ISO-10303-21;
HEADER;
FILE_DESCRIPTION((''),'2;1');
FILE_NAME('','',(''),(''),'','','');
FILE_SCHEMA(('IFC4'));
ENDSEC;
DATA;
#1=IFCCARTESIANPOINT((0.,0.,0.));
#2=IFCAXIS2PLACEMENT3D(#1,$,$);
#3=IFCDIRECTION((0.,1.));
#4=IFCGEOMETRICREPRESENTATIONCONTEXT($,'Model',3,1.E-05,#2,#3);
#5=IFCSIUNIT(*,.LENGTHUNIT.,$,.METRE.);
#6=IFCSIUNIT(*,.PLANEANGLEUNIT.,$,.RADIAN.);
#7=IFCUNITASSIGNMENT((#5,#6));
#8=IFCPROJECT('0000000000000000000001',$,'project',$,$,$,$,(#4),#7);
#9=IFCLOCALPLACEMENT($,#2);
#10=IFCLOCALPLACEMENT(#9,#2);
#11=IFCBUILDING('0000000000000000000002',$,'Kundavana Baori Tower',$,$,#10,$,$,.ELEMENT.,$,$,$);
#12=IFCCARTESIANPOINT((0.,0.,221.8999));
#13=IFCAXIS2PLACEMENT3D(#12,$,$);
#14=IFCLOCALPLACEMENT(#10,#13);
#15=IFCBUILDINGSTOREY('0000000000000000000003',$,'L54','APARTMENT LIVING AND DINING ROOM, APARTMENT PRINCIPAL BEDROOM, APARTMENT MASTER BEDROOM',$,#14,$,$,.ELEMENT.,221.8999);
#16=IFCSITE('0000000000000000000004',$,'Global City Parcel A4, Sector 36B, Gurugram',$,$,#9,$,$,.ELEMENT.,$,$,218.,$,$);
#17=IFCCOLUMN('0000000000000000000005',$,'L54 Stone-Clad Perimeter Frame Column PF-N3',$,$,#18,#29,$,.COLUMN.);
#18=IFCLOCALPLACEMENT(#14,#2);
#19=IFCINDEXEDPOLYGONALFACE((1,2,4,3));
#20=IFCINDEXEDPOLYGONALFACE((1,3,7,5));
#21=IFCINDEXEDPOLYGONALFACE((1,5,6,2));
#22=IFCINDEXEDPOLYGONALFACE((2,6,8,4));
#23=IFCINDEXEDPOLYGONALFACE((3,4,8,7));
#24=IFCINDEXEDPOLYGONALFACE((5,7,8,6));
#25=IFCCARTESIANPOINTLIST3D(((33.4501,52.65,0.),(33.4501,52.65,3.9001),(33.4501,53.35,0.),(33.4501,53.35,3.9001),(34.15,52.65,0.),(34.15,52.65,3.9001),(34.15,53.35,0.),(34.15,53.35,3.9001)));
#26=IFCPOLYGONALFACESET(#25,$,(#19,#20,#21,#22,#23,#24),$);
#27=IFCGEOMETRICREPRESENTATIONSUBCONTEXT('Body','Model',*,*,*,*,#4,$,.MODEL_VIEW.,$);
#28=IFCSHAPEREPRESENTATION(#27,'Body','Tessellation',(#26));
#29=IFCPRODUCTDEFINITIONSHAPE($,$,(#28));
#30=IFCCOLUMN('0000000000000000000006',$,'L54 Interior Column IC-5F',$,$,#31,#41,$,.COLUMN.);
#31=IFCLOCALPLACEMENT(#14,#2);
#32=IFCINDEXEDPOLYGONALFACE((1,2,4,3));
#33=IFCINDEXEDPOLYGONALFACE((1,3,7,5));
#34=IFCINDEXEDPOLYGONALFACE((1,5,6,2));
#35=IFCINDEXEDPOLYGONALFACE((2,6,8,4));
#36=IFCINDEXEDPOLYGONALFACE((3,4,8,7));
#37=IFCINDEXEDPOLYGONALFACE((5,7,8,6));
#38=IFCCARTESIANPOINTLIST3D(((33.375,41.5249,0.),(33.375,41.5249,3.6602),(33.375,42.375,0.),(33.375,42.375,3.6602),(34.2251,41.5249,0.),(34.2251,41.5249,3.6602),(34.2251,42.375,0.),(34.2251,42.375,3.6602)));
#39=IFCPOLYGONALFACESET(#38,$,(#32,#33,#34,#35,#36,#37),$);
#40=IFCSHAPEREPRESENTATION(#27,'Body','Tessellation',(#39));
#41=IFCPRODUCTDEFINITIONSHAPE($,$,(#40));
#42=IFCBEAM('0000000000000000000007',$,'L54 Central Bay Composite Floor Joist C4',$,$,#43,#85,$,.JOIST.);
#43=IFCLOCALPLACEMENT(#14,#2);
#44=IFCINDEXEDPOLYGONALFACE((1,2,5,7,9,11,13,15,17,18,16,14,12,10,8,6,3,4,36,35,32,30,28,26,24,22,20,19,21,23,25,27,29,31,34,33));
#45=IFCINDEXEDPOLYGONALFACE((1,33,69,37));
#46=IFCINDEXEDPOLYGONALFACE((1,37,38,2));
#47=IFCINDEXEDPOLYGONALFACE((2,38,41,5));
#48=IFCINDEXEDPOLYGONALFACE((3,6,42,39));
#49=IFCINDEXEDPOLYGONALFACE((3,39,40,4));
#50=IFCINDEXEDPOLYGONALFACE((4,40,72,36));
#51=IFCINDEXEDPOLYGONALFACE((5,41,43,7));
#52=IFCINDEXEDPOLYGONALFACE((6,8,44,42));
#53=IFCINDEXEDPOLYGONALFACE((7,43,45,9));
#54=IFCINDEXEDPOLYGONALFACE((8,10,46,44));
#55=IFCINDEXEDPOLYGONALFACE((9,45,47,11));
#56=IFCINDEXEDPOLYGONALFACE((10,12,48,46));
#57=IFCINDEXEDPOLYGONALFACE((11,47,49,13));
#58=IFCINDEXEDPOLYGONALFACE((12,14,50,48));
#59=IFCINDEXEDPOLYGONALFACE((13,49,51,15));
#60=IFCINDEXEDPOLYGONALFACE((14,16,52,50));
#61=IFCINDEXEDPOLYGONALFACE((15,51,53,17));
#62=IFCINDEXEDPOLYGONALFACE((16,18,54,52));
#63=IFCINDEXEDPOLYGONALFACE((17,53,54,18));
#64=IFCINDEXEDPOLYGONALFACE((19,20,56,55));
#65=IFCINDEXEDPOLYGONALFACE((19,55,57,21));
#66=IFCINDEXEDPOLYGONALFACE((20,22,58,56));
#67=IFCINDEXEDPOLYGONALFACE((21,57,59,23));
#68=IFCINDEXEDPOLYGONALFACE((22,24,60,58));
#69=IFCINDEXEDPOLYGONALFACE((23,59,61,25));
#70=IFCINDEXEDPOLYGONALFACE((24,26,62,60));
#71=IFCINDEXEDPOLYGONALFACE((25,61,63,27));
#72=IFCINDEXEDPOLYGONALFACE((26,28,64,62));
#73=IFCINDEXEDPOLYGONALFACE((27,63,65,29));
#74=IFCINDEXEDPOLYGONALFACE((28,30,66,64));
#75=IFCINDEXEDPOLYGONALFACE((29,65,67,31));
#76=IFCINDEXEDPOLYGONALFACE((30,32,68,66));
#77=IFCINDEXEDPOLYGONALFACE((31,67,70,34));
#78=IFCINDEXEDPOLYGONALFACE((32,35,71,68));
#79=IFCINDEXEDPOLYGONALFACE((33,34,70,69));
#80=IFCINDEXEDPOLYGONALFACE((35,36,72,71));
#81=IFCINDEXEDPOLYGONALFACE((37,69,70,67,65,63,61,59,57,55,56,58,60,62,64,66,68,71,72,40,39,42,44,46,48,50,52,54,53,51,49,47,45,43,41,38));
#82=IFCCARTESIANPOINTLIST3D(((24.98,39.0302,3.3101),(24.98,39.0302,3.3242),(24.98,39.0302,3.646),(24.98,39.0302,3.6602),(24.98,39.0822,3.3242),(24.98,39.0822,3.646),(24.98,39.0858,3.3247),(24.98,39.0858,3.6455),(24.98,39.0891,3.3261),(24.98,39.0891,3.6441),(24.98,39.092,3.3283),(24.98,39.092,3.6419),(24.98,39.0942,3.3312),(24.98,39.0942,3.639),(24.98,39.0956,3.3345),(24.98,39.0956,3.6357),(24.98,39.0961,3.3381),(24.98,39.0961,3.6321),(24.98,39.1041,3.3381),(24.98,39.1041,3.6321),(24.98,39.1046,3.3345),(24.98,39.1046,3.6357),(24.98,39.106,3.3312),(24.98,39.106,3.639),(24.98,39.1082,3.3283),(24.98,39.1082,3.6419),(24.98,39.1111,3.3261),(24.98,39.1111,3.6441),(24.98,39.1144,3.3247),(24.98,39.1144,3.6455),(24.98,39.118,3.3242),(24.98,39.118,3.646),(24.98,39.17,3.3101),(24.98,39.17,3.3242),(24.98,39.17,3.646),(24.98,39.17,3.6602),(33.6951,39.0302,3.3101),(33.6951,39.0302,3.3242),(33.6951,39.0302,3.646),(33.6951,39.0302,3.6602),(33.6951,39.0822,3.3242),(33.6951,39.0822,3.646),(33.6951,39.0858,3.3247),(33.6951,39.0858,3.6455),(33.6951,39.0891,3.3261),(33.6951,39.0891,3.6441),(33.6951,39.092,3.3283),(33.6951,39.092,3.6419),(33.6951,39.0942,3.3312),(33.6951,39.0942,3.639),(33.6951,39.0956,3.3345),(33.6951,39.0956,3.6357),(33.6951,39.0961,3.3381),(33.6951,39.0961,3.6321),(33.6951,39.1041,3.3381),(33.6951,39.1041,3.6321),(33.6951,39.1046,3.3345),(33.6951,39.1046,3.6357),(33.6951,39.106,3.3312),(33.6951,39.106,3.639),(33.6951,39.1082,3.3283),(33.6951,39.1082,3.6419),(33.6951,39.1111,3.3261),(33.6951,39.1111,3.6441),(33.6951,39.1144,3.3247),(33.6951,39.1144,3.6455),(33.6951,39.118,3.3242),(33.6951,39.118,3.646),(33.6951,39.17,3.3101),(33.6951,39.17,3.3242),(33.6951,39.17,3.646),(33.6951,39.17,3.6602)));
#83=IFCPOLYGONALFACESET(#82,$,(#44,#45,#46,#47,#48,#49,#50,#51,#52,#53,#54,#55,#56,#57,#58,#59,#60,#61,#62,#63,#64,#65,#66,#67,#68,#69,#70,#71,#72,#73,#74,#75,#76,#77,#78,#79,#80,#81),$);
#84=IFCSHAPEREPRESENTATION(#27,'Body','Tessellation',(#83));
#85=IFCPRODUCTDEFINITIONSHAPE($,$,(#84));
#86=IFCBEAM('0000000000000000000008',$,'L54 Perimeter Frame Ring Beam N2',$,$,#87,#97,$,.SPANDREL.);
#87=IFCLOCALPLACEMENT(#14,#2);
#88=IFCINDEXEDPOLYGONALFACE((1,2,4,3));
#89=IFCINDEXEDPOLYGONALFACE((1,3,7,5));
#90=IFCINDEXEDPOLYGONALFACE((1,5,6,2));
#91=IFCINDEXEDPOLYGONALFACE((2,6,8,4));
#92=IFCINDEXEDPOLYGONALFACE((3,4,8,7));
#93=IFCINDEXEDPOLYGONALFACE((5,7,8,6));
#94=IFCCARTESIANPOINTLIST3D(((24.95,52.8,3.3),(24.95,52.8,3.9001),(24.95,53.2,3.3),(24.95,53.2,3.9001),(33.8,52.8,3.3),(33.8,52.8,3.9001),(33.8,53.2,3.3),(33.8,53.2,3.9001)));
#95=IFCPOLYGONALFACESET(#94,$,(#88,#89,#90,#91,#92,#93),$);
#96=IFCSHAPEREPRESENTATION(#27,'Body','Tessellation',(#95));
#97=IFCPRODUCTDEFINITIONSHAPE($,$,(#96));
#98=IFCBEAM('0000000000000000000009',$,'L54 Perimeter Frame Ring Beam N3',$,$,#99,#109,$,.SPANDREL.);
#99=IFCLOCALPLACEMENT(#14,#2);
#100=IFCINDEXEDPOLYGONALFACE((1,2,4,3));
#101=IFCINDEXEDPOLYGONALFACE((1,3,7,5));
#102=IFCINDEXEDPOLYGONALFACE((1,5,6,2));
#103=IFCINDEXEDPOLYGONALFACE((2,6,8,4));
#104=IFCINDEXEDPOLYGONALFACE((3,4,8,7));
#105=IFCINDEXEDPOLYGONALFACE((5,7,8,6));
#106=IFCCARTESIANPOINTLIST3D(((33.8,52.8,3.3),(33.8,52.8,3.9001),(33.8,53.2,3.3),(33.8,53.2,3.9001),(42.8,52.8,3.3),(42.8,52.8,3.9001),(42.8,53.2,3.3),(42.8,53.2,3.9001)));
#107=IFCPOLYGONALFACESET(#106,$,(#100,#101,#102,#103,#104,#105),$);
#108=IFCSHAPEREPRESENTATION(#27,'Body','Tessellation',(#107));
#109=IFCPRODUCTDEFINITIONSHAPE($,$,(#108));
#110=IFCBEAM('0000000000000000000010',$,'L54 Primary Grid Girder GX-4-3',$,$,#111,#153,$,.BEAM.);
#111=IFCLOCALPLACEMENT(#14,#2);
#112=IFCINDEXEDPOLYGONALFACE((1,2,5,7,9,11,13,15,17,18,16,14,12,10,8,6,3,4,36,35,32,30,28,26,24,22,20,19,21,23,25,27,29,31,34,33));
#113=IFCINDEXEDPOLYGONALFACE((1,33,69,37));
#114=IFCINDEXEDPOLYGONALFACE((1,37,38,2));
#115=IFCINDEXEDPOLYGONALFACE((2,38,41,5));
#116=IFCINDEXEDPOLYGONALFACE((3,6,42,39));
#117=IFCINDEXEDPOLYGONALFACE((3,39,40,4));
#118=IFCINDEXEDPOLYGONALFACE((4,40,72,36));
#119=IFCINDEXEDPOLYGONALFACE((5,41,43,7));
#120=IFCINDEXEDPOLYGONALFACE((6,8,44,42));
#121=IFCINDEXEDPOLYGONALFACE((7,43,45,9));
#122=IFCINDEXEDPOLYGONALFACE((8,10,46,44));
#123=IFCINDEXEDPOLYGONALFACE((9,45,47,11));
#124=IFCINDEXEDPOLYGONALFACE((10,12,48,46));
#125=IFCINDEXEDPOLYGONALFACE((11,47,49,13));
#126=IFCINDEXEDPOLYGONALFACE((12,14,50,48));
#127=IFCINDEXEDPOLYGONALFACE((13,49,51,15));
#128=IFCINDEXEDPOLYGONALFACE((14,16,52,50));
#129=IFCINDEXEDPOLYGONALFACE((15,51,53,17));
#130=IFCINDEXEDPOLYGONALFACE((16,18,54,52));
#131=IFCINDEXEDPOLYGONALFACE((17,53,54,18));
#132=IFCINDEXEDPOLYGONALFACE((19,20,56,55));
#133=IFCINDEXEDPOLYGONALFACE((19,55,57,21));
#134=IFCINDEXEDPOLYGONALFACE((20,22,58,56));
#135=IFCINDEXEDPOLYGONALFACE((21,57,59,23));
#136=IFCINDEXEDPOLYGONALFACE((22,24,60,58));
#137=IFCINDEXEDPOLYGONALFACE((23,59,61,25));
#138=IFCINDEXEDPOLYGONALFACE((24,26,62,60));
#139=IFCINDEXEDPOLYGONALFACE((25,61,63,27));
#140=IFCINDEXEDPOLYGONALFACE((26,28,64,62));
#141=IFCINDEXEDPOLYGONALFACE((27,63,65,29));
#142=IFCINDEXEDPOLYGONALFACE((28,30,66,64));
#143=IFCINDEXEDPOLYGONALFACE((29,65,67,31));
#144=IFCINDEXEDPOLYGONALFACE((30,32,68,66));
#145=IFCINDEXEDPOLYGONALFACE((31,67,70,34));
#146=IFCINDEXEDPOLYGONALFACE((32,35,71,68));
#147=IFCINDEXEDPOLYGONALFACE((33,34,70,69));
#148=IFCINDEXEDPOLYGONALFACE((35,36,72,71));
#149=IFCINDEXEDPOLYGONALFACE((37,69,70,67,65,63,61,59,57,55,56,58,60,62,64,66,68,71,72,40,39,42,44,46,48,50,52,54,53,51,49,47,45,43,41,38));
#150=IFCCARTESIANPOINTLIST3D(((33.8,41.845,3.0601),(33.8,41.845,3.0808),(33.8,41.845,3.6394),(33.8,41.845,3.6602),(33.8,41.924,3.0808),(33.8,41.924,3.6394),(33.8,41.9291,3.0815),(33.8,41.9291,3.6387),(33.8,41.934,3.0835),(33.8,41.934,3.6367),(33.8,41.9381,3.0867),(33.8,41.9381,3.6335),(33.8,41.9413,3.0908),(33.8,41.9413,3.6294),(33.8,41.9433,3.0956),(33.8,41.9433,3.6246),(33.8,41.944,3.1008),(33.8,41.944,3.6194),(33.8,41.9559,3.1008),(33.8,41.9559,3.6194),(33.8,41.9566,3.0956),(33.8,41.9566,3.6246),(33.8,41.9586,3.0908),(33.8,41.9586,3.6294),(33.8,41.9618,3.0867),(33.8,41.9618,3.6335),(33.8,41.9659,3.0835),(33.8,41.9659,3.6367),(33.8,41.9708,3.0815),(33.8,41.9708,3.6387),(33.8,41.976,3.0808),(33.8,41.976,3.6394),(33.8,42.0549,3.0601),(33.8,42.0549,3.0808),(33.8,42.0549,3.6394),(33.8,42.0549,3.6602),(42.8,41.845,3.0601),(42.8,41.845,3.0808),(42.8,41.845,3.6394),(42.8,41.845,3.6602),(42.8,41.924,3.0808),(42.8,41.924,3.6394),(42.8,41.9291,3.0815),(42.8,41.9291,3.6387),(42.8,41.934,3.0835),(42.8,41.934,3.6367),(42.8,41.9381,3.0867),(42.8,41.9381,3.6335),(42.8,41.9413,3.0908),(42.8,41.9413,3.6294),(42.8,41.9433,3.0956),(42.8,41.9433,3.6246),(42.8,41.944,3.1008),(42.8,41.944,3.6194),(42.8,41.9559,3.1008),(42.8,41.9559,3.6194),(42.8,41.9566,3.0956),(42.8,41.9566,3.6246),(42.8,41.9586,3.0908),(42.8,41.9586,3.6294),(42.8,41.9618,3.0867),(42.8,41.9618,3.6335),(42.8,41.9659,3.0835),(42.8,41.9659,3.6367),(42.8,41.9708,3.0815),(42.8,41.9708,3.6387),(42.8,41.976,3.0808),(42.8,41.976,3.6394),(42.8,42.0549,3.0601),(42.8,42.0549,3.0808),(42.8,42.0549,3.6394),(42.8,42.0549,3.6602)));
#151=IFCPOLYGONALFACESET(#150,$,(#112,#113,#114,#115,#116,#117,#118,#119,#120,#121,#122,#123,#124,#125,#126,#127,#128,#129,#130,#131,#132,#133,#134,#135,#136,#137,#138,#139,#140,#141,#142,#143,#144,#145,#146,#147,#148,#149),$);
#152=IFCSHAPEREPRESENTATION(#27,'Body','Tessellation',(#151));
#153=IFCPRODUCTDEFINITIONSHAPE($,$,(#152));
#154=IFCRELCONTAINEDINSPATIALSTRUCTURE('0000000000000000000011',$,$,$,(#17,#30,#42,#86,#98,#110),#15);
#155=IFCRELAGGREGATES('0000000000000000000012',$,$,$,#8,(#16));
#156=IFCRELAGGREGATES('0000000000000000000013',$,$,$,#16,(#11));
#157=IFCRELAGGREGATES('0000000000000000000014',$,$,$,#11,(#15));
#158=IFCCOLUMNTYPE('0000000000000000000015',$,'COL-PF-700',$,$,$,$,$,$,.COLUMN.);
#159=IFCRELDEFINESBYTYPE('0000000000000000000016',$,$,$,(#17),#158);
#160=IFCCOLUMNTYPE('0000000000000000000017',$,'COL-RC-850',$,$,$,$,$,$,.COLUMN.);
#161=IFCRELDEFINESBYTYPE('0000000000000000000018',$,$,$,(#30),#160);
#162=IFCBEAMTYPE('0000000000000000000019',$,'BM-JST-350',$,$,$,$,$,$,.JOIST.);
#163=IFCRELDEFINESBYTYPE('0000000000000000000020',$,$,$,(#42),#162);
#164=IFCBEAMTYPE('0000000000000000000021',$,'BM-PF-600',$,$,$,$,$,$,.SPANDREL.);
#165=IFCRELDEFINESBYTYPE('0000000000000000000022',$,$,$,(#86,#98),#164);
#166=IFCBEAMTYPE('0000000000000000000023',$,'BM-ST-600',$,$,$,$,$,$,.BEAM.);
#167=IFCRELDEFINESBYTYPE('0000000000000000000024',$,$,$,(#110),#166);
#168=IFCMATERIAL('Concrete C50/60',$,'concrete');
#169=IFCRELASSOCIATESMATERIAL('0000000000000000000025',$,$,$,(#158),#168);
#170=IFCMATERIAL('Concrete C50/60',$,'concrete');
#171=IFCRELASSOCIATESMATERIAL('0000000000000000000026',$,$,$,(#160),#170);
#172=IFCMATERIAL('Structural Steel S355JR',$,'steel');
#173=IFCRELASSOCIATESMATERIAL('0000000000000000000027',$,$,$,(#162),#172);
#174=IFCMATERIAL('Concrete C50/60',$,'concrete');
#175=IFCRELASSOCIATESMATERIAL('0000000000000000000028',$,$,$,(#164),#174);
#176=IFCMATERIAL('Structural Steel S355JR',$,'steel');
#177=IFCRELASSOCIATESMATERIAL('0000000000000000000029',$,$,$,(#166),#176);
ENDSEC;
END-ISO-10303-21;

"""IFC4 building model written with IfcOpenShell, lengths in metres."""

from ifc_helpers import new_model, si_unit, direction, frame, origin, origin_2d, place, context, subcontext, project, spatial, rectangle, i_section, extrude, material, material_profile, profile_set, type_object, element, save


model = new_model("IFC4")

# Units and contexts
model_context = context("Model", 3, precision=1e-05, world=origin(), true_north=direction((0.0, 1.0)))
body_context = subcontext(model_context, "Body", "Model", "MODEL_VIEW")
ifc_project = project(units=[si_unit("LENGTHUNIT", "METRE"), si_unit("PLANEANGLEUNIT", "RADIAN")], contexts=[model_context])

# Site, building, storey
site_placement = place(None, origin())
site = spatial("IfcSite", under=ifc_project, at=site_placement, Name="Global City Parcel A4, Sector 36B, Gurugram", CompositionType="ELEMENT", RefElevation=218.0)
building_placement = place(site_placement, origin())
building = spatial("IfcBuilding", under=site, at=building_placement, Name="Kundavana Baori Tower", CompositionType="ELEMENT")
storey_placement = place(building_placement, frame((0.0, 0.0, 221.8999)))
storey = spatial("IfcBuildingStorey", under=building, at=storey_placement, Name="L54", Description="APARTMENT LIVING AND DINING ROOM, APARTMENT PRINCIPAL BEDROOM, APARTMENT MASTER BEDROOM", CompositionType="ELEMENT", Elevation=221.8999)

# Columns
ifc_material_1 = material(Name="Concrete C50/60", Category="concrete")
ifc_material_profile_1 = material_profile(ifc_material_1, rectangle(XDim=0.7, YDim=0.7, at=origin_2d()), Name="RC PF 700x700")
ifc_profile_set_1 = profile_set([ifc_material_profile_1], Name="Concrete C50/60")
column_type_1 = type_object("IfcColumnType", Name="COL-PF-700", PredefinedType="COLUMN", material=ifc_profile_set_1)
column_1_placement = place(storey_placement, frame((33.8, 53.0, 0.0), z_axis=(0.0, 0.0, 1.0), x_axis=(1.0, 0.0, 0.0)))
element("IfcColumn", 1, at=column_1_placement, inside=storey, type_object=column_type_1, Name="L54 Stone-Clad Perimeter Frame Column PF-N3", PredefinedType="COLUMN", context=body_context, shape_type="SweptSolid", body=[
    extrude(rectangle(XDim=0.7, YDim=0.7, at=origin_2d()), origin(), (0.0, 0.0, 1.0), 3.9001),
])
ifc_material_2 = material(Name="Concrete C50/60", Category="concrete")
ifc_material_profile_2 = material_profile(ifc_material_2, rectangle(XDim=0.8501, YDim=0.8501, at=origin_2d()), Name="RC 850x850")
ifc_profile_set_2 = profile_set([ifc_material_profile_2], Name="Concrete C50/60")
column_type_2 = type_object("IfcColumnType", Name="COL-RC-850", PredefinedType="COLUMN", material=ifc_profile_set_2)
column_2_placement = place(storey_placement, frame((33.8, 41.95, 0.0), z_axis=(0.0, 0.0, 1.0), x_axis=(1.0, 0.0, 0.0)))
element("IfcColumn", 2, at=column_2_placement, inside=storey, type_object=column_type_2, Name="L54 Interior Column IC-5F", PredefinedType="COLUMN", context=body_context, shape_type="SweptSolid", body=[
    extrude(rectangle(XDim=0.8501, YDim=0.8501, at=origin_2d()), origin(), (0.0, 0.0, 1.0), 3.6602),
])

# Beams
ifc_material_3 = material(Name="Structural Steel S355JR", Category="steel")
ifc_material_profile_3 = material_profile(ifc_material_3, i_section(OverallWidth=0.1399, OverallDepth=0.3501, WebThickness=0.0081, FlangeThickness=0.0142, FilletRadius=0.0139, at=origin_2d()), Name="ISMB 350")
ifc_profile_set_3 = profile_set([ifc_material_profile_3], Name="Structural Steel S355JR")
beam_type_1 = type_object("IfcBeamType", Name="BM-JST-350", PredefinedType="JOIST", material=ifc_profile_set_3)
beam_1_placement = place(storey_placement, frame((24.98, 39.1001, 3.4851), z_axis=(1.0, 0.0, 0.0), x_axis=(0.0, 1.0, 0.0)))
element("IfcBeam", 3, at=beam_1_placement, inside=storey, type_object=beam_type_1, Name="L54 Central Bay Composite Floor Joist C4", PredefinedType="JOIST", context=body_context, shape_type="SweptSolid", body=[
    extrude(i_section(OverallWidth=0.1399, OverallDepth=0.3501, WebThickness=0.0081, FlangeThickness=0.0142, FilletRadius=0.0139, at=origin_2d()), origin(), (0.0, 0.0, 1.0), 8.7151),
])
ifc_material_4 = material(Name="Concrete C50/60", Category="concrete")
ifc_material_profile_4 = material_profile(ifc_material_4, rectangle(XDim=0.3999, YDim=0.6001, at=origin_2d()), Name="RC BM 400x600")
ifc_profile_set_4 = profile_set([ifc_material_profile_4], Name="Concrete C50/60")
beam_type_2 = type_object("IfcBeamType", Name="BM-PF-600", PredefinedType="SPANDREL", material=ifc_profile_set_4)
beam_2_placement = place(storey_placement, frame((24.95, 53.0, 3.6001), z_axis=(1.0, 0.0, 0.0), x_axis=(0.0, 1.0, 0.0)))
element("IfcBeam", 4, at=beam_2_placement, inside=storey, type_object=beam_type_2, Name="L54 Perimeter Frame Ring Beam N2", PredefinedType="SPANDREL", context=body_context, shape_type="SweptSolid", body=[
    extrude(rectangle(XDim=0.3999, YDim=0.6001, at=origin_2d()), origin(), (0.0, 0.0, 1.0), 8.8501),
])
beam_3_placement = place(storey_placement, frame((33.8, 53.0, 3.6001), z_axis=(1.0, 0.0, 0.0), x_axis=(0.0, 1.0, 0.0)))
element("IfcBeam", 5, at=beam_3_placement, inside=storey, type_object=beam_type_2, Name="L54 Perimeter Frame Ring Beam N3", PredefinedType="SPANDREL", context=body_context, shape_type="SweptSolid", body=[
    extrude(rectangle(XDim=0.3999, YDim=0.6001, at=origin_2d()), origin(), (0.0, 0.0, 1.0), 9.0),
])
ifc_material_5 = material(Name="Structural Steel S355JR", Category="steel")
ifc_material_profile_5 = material_profile(ifc_material_5, i_section(OverallWidth=0.21, OverallDepth=0.6001, WebThickness=0.012, FlangeThickness=0.0208, FilletRadius=0.02, at=origin_2d()), Name="ISMB 600")
ifc_profile_set_5 = profile_set([ifc_material_profile_5], Name="Structural Steel S355JR")
beam_type_3 = type_object("IfcBeamType", Name="BM-ST-600", PredefinedType="BEAM", material=ifc_profile_set_5)
beam_4_placement = place(storey_placement, frame((33.8, 41.95, 3.3601), z_axis=(1.0, 0.0, 0.0), x_axis=(0.0, 1.0, 0.0)))
element("IfcBeam", 6, at=beam_4_placement, inside=storey, type_object=beam_type_3, Name="L54 Primary Grid Girder GX-4-3", PredefinedType="BEAM", context=body_context, shape_type="SweptSolid", body=[
    extrude(i_section(OverallWidth=0.21, OverallDepth=0.6001, WebThickness=0.012, FlangeThickness=0.0208, FilletRadius=0.02, at=origin_2d()), origin(), (0.0, 0.0, 1.0), 9.0),
])

save(model, "model.ifc")
